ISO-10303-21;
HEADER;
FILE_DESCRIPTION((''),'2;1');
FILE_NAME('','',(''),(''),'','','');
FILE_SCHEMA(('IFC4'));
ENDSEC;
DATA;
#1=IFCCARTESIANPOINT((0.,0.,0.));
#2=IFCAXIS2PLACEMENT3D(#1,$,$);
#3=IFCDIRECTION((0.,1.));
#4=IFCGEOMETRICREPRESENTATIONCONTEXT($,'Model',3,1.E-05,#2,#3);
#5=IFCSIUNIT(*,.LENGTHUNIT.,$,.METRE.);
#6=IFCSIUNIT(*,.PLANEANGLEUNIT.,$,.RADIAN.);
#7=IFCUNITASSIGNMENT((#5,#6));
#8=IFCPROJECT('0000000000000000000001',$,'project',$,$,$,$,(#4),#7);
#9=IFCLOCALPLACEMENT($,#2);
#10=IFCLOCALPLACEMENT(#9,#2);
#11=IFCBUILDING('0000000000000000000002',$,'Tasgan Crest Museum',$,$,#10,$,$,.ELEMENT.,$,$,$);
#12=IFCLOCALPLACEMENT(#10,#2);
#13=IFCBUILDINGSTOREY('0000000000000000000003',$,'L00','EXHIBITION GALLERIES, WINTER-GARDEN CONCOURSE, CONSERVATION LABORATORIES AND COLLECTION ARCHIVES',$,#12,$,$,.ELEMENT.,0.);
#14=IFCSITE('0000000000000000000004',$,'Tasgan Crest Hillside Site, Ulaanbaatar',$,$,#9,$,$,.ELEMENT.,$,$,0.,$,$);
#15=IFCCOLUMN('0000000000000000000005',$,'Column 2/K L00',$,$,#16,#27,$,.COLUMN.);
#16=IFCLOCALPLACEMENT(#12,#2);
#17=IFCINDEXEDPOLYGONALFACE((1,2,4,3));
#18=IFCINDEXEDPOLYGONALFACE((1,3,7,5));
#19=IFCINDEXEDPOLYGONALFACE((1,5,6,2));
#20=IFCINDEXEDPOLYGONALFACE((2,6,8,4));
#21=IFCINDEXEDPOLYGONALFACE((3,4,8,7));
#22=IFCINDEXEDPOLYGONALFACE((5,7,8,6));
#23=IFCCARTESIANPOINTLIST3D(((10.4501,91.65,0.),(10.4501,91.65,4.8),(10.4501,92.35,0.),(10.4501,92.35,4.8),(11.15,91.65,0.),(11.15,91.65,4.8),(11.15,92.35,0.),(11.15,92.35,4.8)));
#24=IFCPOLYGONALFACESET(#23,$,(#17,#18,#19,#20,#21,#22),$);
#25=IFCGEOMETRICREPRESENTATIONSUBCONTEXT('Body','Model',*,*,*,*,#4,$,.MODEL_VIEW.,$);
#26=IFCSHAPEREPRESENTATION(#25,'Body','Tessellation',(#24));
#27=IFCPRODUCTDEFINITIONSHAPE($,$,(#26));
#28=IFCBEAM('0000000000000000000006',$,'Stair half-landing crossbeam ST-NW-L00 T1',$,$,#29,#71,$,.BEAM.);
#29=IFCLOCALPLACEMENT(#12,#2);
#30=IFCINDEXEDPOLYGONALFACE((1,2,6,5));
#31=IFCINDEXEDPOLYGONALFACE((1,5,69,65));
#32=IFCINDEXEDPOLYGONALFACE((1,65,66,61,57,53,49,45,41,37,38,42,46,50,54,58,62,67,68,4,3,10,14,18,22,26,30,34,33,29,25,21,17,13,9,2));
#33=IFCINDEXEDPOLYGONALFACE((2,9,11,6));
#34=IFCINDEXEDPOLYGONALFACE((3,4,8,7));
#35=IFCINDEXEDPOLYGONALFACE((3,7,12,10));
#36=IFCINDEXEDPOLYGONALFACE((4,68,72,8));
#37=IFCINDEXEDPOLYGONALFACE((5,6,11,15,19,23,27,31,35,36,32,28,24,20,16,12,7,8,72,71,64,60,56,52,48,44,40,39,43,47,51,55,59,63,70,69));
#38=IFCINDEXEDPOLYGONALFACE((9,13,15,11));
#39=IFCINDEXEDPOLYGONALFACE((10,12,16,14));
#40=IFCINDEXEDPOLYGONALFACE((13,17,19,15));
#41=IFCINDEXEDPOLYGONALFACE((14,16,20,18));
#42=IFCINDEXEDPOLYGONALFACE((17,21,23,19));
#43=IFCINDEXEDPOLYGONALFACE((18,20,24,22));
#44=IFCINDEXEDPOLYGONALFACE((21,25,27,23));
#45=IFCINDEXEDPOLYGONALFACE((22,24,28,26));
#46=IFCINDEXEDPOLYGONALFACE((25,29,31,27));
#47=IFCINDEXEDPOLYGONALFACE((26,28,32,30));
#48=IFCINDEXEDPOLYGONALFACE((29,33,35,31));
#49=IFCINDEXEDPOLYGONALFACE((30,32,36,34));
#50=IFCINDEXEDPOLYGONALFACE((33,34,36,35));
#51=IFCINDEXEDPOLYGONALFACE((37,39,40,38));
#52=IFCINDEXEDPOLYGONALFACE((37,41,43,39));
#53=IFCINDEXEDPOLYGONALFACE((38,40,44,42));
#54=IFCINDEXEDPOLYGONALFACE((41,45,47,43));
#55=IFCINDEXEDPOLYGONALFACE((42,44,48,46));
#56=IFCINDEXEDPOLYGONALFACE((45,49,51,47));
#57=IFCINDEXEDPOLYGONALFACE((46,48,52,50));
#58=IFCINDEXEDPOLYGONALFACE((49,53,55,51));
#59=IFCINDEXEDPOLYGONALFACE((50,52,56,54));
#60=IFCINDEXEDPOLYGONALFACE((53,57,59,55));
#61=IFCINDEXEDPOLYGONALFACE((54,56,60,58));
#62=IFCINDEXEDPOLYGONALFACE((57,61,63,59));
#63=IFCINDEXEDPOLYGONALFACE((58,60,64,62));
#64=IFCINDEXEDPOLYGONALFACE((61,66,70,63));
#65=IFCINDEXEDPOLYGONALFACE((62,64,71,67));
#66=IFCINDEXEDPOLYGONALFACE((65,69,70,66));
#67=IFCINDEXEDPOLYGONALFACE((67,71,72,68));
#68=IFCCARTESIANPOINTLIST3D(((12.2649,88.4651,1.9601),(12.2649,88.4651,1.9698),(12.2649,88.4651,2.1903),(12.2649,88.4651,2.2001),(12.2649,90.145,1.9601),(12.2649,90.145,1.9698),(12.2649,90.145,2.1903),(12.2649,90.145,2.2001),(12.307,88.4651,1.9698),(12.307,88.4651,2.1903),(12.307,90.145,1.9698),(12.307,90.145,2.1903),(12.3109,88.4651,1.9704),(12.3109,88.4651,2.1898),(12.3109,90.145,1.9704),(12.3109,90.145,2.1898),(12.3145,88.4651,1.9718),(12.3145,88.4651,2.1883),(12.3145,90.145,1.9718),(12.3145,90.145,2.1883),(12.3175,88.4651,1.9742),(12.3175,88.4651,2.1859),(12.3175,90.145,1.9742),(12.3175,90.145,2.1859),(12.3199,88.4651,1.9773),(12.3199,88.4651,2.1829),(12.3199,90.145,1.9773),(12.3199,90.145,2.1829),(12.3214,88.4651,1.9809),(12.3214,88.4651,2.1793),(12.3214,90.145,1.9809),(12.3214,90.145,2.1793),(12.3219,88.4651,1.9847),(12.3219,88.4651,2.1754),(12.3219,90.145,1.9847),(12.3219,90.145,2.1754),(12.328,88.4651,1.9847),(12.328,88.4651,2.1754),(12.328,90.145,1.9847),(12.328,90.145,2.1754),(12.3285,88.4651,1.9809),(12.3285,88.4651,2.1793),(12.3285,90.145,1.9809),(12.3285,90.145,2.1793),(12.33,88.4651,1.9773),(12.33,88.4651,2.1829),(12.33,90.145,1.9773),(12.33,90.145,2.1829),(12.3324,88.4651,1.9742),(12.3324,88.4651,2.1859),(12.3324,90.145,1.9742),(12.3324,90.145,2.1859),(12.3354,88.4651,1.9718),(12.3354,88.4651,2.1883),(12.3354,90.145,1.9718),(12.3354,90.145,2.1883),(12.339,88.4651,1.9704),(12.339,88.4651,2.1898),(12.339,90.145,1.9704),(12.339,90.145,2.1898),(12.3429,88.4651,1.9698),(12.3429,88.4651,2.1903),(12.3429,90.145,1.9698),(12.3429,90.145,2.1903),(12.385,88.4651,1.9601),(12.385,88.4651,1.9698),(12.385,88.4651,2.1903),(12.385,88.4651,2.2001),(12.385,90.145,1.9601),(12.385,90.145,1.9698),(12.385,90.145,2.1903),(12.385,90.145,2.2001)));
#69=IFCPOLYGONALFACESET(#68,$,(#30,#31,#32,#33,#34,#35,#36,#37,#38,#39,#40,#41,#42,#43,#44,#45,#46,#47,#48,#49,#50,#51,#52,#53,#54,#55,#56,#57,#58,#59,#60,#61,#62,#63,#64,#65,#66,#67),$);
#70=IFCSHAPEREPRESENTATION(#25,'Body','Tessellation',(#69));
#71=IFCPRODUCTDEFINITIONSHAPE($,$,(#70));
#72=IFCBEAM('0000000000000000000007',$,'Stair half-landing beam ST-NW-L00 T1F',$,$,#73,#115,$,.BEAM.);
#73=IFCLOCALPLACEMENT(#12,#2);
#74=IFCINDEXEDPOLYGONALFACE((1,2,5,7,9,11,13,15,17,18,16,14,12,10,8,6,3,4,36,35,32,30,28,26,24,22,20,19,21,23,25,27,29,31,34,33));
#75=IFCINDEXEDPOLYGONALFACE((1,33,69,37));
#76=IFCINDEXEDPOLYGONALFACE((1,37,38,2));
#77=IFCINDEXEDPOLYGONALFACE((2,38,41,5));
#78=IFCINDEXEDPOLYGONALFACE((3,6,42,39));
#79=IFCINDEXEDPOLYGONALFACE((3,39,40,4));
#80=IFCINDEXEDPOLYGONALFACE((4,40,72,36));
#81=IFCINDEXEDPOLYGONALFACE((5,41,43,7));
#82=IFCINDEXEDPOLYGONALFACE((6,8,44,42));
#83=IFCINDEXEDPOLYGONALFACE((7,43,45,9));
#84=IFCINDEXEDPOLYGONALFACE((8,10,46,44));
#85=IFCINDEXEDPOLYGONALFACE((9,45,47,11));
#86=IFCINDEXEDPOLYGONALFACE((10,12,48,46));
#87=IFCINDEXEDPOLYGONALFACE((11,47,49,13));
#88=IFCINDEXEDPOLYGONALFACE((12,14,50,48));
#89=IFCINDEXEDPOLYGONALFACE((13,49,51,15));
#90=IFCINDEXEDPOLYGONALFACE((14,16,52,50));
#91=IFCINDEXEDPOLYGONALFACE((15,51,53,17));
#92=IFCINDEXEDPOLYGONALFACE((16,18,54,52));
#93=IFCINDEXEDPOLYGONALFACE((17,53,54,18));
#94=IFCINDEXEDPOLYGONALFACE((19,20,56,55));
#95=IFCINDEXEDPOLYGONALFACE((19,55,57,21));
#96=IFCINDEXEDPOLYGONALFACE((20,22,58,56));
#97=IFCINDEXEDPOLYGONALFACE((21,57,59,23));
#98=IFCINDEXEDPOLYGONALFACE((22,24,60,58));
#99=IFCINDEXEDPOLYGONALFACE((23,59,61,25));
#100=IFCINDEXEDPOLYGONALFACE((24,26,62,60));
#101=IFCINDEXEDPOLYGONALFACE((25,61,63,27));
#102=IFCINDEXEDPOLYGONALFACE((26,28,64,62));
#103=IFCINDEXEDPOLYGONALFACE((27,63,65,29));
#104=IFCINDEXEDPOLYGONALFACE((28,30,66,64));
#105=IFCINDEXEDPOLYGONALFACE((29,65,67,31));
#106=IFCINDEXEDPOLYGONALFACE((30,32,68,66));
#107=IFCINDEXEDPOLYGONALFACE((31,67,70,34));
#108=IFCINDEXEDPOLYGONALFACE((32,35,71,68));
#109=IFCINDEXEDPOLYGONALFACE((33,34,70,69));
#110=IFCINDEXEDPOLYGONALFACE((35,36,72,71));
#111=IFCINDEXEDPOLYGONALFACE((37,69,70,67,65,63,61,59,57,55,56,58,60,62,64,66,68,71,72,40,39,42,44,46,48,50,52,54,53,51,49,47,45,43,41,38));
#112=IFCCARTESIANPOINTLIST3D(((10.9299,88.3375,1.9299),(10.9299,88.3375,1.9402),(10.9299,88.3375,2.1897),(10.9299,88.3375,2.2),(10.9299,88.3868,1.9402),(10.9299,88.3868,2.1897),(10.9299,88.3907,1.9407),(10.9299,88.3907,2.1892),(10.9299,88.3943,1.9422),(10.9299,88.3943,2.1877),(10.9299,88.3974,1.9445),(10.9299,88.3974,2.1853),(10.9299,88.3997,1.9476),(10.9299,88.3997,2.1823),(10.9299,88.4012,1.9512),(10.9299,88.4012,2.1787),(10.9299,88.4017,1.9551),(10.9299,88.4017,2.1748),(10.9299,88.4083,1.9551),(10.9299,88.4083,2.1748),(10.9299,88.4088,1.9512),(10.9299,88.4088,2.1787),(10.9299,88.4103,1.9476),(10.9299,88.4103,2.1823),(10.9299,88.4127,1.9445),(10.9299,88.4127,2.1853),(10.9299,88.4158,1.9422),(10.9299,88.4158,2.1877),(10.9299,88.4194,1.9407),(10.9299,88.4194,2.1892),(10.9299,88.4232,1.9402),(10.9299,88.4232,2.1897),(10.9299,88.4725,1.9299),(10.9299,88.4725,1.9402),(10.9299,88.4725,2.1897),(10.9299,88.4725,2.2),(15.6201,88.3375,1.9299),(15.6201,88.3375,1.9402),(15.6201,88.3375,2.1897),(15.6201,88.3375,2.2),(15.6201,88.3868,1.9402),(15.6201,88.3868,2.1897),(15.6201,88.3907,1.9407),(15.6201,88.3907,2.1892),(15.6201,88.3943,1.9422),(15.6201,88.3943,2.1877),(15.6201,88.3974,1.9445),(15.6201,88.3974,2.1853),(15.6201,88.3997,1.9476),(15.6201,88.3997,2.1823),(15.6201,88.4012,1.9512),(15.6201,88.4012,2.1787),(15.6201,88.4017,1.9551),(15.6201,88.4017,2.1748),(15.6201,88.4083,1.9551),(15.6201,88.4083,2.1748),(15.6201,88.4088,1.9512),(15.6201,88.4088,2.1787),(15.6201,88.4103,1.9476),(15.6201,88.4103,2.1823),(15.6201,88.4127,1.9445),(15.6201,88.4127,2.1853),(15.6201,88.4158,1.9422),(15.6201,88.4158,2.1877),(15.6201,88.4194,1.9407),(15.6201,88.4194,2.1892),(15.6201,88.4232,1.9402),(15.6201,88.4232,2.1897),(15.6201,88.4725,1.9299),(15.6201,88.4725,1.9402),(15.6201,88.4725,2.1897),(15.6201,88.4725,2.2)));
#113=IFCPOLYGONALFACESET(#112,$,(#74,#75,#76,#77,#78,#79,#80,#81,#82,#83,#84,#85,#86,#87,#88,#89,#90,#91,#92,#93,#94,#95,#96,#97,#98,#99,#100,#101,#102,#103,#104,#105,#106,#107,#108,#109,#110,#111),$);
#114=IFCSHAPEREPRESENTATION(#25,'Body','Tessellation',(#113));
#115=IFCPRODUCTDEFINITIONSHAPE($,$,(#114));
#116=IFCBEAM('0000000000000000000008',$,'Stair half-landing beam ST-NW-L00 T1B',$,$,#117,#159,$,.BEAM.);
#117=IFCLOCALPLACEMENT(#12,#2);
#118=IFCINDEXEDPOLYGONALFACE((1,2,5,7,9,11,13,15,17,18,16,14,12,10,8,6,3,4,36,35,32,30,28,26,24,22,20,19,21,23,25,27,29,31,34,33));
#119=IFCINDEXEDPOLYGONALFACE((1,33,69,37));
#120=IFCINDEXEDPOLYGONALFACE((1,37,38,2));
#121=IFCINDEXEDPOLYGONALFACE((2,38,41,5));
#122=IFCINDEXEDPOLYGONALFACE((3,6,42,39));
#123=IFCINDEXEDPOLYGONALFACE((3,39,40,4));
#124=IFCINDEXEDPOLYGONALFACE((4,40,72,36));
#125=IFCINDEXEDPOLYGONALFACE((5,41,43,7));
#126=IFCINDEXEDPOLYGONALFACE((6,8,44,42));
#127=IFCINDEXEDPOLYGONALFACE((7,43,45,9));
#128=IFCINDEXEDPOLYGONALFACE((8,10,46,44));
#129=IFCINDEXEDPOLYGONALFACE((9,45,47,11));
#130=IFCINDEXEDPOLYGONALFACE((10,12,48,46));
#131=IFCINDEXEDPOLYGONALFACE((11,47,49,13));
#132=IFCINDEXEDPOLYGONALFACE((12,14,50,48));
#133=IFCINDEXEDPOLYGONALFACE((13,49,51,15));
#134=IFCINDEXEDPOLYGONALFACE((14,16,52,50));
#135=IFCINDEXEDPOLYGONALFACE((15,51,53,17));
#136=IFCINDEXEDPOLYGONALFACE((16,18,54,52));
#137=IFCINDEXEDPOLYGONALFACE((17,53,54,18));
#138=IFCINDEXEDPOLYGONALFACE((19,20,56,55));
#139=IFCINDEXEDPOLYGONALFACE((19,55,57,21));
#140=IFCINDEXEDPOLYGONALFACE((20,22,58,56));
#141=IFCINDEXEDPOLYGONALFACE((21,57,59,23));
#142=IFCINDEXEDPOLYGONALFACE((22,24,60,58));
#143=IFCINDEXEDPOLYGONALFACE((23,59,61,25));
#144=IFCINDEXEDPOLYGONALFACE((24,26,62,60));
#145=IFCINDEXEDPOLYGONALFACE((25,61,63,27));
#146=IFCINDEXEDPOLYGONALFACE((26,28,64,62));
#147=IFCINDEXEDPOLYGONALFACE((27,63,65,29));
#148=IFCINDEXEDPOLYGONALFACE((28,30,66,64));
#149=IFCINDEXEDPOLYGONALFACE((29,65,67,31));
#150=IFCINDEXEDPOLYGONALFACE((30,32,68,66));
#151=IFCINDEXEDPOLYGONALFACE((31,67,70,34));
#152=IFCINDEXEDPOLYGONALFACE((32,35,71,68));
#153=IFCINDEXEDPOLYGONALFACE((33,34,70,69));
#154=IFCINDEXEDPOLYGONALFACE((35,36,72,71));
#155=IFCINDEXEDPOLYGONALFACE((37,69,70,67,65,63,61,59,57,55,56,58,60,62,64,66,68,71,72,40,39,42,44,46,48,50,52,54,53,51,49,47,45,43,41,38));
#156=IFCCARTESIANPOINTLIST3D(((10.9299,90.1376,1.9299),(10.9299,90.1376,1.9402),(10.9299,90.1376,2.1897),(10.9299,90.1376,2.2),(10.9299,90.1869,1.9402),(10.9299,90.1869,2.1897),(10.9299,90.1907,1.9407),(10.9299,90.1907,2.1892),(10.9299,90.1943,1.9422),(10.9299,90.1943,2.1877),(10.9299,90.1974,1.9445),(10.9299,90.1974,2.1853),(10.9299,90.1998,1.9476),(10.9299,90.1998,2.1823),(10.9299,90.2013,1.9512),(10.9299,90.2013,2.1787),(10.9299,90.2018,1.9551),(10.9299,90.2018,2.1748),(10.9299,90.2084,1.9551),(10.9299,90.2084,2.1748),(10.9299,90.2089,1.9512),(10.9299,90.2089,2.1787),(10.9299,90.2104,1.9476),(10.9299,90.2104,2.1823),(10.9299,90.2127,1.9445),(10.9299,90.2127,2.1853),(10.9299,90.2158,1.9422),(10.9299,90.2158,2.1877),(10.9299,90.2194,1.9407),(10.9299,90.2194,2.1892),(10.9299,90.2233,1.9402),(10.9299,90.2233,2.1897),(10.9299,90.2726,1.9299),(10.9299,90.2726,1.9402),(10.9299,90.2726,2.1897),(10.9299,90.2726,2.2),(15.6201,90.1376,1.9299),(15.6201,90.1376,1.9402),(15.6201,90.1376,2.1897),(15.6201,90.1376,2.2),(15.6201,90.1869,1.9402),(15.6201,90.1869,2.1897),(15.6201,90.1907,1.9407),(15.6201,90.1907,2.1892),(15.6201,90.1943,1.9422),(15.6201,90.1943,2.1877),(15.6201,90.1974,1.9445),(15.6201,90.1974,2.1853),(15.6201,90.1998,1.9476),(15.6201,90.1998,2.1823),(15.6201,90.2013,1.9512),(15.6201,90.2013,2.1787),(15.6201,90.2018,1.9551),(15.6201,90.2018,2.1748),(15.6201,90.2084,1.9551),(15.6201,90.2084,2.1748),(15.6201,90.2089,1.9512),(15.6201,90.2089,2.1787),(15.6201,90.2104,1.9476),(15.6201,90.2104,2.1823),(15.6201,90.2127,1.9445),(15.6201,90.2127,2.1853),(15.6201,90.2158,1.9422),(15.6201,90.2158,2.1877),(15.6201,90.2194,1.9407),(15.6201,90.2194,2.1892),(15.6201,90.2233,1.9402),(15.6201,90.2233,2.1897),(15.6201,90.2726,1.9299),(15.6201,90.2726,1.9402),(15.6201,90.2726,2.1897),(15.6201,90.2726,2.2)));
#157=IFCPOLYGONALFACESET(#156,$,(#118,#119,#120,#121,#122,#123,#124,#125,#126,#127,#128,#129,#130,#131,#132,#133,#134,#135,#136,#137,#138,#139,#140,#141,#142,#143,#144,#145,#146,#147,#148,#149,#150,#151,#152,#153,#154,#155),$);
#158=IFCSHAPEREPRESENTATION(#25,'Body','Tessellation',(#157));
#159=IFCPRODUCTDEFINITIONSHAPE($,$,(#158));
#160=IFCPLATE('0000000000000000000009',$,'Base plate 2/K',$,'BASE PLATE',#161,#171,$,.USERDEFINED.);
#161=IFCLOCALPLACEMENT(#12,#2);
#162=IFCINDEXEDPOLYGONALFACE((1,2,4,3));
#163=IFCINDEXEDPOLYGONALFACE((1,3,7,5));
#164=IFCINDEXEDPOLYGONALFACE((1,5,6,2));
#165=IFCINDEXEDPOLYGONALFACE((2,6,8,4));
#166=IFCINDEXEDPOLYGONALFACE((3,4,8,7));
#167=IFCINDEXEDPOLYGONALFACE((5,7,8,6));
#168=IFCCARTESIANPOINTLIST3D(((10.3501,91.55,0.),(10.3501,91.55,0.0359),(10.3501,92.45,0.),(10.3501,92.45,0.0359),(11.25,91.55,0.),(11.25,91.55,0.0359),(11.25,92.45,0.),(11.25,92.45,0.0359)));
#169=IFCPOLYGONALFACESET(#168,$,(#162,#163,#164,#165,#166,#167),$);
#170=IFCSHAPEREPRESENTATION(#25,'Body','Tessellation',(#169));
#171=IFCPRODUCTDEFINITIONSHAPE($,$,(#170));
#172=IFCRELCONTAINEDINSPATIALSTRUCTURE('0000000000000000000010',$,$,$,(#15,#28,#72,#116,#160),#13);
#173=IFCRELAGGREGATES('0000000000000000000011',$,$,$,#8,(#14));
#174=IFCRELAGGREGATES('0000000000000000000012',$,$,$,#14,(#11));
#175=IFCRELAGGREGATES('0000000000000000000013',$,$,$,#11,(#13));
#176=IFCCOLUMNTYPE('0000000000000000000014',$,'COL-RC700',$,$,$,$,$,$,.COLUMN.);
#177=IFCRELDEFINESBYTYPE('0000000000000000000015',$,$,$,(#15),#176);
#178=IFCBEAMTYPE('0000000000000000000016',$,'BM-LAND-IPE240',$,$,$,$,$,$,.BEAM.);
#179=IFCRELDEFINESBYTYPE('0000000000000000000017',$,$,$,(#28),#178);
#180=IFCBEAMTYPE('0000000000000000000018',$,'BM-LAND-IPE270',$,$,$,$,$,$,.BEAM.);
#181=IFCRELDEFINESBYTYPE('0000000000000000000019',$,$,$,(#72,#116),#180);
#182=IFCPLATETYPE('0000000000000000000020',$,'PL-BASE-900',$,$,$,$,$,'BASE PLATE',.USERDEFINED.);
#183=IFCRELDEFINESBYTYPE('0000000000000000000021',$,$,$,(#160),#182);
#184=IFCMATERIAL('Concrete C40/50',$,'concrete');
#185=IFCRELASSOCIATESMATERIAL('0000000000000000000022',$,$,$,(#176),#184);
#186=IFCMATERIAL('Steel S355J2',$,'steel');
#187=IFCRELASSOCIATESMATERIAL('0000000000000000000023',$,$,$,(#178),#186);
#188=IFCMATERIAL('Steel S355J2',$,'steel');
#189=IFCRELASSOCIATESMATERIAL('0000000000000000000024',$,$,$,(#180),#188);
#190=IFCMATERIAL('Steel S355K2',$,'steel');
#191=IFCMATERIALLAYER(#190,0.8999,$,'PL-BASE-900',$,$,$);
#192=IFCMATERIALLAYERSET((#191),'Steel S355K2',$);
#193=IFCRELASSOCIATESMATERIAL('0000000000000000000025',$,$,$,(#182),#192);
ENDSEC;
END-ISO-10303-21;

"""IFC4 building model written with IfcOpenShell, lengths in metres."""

from ifc_helpers import new_model, si_unit, direction, frame, origin, origin_2d, place, context, subcontext, project, spatial, rectangle, i_section, extrude, material, layer, layer_set, material_profile, profile_set, type_object, element, save


model = new_model("IFC4")

# Units and contexts
model_context = context("Model", 3, precision=1e-05, world=origin(), true_north=direction((0.0, 1.0)))
body_context = subcontext(model_context, "Body", "Model", "MODEL_VIEW")
ifc_project = project(units=[si_unit("LENGTHUNIT", "METRE"), si_unit("PLANEANGLEUNIT", "RADIAN")], contexts=[model_context])

# Site, building, storey
site_placement = place(None, origin())
site = spatial("IfcSite", under=ifc_project, at=site_placement, Name="Tasgan Crest Hillside Site, Ulaanbaatar", CompositionType="ELEMENT", RefElevation=0.0)
building_placement = place(site_placement, origin())
building = spatial("IfcBuilding", under=site, at=building_placement, Name="Tasgan Crest Museum", CompositionType="ELEMENT")
storey_placement = place(building_placement, origin())
storey = spatial("IfcBuildingStorey", under=building, at=storey_placement, Name="L00", Description="EXHIBITION GALLERIES, WINTER-GARDEN CONCOURSE, CONSERVATION LABORATORIES AND COLLECTION ARCHIVES", CompositionType="ELEMENT", Elevation=0.0)

# Column
ifc_material_1 = material(Name="Concrete C40/50", Category="concrete")
ifc_material_profile_1 = material_profile(ifc_material_1, rectangle(XDim=0.7, YDim=0.7, at=origin_2d()), Name="RC 700x700")
ifc_profile_set_1 = profile_set([ifc_material_profile_1], Name="Concrete C40/50")
column_type = type_object("IfcColumnType", Name="COL-RC700", PredefinedType="COLUMN", material=ifc_profile_set_1)
column_placement = place(storey_placement, frame((10.8, 92.0, 0.0), z_axis=(0.0, 0.0, 1.0), x_axis=(1.0, 0.0, 0.0)))
element("IfcColumn", 1, at=column_placement, inside=storey, type_object=column_type, Name="Column 2/K L00", PredefinedType="COLUMN", context=body_context, shape_type="SweptSolid", body=[
    extrude(rectangle(XDim=0.7, YDim=0.7, at=origin_2d()), origin(), (0.0, 0.0, 1.0), 4.8),
])

# Beams
ifc_material_2 = material(Name="Steel S355J2", Category="steel")
ifc_material_profile_2 = material_profile(ifc_material_2, i_section(OverallWidth=0.1201, OverallDepth=0.24, WebThickness=0.0061, FlangeThickness=0.0098, FilletRadius=0.0149, at=origin_2d()), Name="IPE 240")
ifc_profile_set_2 = profile_set([ifc_material_profile_2], Name="Steel S355J2")
beam_type_1 = type_object("IfcBeamType", Name="BM-LAND-IPE240", PredefinedType="BEAM", material=ifc_profile_set_2)
beam_placement = place(storey_placement, frame((12.325, 88.4651, 2.0801), z_axis=(0.0, 1.0, 0.0), x_axis=(-1.0, 0.0, 0.0)))
element("IfcBeam", 2, at=beam_placement, inside=storey, type_object=beam_type_1, Name="Stair half-landing crossbeam ST-NW-L00 T1", PredefinedType="BEAM", context=body_context, shape_type="SweptSolid", body=[
    extrude(i_section(OverallWidth=0.1201, OverallDepth=0.24, WebThickness=0.0061, FlangeThickness=0.0098, FilletRadius=0.0149, at=origin_2d()), origin(), (0.0, 0.0, 1.0), 1.6799),
])
ifc_material_3 = material(Name="Steel S355J2", Category="steel")
ifc_material_profile_3 = material_profile(ifc_material_3, i_section(OverallWidth=0.135, OverallDepth=0.27, WebThickness=0.0066, FlangeThickness=0.0103, FilletRadius=0.0149, at=origin_2d()), Name="IPE 270")
ifc_profile_set_3 = profile_set([ifc_material_profile_3], Name="Steel S355J2")
beam_type_2 = type_object("IfcBeamType", Name="BM-LAND-IPE270", PredefinedType="BEAM", material=ifc_profile_set_3)
for number, where, z_axis, x_axis, name in (
    (3, (10.9299, 88.405, 2.0649), (1.0, 0.0, 0.0), (0.0, 1.0, 0.0), "Stair half-landing beam ST-NW-L00 T1F"),
    (4, (10.9299, 90.2051, 2.0649), (1.0, 0.0, 0.0), (0.0, 1.0, 0.0), "Stair half-landing beam ST-NW-L00 T1B"),
):
    element("IfcBeam", number, at=place(storey_placement, frame(where, z_axis=z_axis, x_axis=x_axis)), inside=storey, type_object=beam_type_2, Name=name, PredefinedType="BEAM", context=body_context, shape_type="SweptSolid", body=[
        extrude(i_section(OverallWidth=0.135, OverallDepth=0.27, WebThickness=0.0066, FlangeThickness=0.0103, FilletRadius=0.0149, at=origin_2d()), origin(), (0.0, 0.0, 1.0), 4.6902),
    ])

# Plate
ifc_material_4 = material(Name="Steel S355K2", Category="steel")
ifc_layer_1 = layer(ifc_material_4, 0.8999, Name="PL-BASE-900")
ifc_layer_set_1 = layer_set([ifc_layer_1], Name="Steel S355K2")
plate_type = type_object("IfcPlateType", Name="PL-BASE-900", ElementType="BASE PLATE", PredefinedType="USERDEFINED", material=ifc_layer_set_1)
plate_placement = place(storey_placement, frame((10.8, 92.0, 0.0), z_axis=(0.0, 0.0, 1.0), x_axis=(1.0, 0.0, 0.0)))
element("IfcPlate", 5, at=plate_placement, inside=storey, type_object=plate_type, Name="Base plate 2/K", ObjectType="BASE PLATE", PredefinedType="USERDEFINED", context=body_context, shape_type="SweptSolid", body=[
    extrude(rectangle(XDim=0.8999, YDim=0.8999, at=origin_2d()), origin(), (0.0, 0.0, 1.0), 0.0359),
])

save(model, "model.ifc")
